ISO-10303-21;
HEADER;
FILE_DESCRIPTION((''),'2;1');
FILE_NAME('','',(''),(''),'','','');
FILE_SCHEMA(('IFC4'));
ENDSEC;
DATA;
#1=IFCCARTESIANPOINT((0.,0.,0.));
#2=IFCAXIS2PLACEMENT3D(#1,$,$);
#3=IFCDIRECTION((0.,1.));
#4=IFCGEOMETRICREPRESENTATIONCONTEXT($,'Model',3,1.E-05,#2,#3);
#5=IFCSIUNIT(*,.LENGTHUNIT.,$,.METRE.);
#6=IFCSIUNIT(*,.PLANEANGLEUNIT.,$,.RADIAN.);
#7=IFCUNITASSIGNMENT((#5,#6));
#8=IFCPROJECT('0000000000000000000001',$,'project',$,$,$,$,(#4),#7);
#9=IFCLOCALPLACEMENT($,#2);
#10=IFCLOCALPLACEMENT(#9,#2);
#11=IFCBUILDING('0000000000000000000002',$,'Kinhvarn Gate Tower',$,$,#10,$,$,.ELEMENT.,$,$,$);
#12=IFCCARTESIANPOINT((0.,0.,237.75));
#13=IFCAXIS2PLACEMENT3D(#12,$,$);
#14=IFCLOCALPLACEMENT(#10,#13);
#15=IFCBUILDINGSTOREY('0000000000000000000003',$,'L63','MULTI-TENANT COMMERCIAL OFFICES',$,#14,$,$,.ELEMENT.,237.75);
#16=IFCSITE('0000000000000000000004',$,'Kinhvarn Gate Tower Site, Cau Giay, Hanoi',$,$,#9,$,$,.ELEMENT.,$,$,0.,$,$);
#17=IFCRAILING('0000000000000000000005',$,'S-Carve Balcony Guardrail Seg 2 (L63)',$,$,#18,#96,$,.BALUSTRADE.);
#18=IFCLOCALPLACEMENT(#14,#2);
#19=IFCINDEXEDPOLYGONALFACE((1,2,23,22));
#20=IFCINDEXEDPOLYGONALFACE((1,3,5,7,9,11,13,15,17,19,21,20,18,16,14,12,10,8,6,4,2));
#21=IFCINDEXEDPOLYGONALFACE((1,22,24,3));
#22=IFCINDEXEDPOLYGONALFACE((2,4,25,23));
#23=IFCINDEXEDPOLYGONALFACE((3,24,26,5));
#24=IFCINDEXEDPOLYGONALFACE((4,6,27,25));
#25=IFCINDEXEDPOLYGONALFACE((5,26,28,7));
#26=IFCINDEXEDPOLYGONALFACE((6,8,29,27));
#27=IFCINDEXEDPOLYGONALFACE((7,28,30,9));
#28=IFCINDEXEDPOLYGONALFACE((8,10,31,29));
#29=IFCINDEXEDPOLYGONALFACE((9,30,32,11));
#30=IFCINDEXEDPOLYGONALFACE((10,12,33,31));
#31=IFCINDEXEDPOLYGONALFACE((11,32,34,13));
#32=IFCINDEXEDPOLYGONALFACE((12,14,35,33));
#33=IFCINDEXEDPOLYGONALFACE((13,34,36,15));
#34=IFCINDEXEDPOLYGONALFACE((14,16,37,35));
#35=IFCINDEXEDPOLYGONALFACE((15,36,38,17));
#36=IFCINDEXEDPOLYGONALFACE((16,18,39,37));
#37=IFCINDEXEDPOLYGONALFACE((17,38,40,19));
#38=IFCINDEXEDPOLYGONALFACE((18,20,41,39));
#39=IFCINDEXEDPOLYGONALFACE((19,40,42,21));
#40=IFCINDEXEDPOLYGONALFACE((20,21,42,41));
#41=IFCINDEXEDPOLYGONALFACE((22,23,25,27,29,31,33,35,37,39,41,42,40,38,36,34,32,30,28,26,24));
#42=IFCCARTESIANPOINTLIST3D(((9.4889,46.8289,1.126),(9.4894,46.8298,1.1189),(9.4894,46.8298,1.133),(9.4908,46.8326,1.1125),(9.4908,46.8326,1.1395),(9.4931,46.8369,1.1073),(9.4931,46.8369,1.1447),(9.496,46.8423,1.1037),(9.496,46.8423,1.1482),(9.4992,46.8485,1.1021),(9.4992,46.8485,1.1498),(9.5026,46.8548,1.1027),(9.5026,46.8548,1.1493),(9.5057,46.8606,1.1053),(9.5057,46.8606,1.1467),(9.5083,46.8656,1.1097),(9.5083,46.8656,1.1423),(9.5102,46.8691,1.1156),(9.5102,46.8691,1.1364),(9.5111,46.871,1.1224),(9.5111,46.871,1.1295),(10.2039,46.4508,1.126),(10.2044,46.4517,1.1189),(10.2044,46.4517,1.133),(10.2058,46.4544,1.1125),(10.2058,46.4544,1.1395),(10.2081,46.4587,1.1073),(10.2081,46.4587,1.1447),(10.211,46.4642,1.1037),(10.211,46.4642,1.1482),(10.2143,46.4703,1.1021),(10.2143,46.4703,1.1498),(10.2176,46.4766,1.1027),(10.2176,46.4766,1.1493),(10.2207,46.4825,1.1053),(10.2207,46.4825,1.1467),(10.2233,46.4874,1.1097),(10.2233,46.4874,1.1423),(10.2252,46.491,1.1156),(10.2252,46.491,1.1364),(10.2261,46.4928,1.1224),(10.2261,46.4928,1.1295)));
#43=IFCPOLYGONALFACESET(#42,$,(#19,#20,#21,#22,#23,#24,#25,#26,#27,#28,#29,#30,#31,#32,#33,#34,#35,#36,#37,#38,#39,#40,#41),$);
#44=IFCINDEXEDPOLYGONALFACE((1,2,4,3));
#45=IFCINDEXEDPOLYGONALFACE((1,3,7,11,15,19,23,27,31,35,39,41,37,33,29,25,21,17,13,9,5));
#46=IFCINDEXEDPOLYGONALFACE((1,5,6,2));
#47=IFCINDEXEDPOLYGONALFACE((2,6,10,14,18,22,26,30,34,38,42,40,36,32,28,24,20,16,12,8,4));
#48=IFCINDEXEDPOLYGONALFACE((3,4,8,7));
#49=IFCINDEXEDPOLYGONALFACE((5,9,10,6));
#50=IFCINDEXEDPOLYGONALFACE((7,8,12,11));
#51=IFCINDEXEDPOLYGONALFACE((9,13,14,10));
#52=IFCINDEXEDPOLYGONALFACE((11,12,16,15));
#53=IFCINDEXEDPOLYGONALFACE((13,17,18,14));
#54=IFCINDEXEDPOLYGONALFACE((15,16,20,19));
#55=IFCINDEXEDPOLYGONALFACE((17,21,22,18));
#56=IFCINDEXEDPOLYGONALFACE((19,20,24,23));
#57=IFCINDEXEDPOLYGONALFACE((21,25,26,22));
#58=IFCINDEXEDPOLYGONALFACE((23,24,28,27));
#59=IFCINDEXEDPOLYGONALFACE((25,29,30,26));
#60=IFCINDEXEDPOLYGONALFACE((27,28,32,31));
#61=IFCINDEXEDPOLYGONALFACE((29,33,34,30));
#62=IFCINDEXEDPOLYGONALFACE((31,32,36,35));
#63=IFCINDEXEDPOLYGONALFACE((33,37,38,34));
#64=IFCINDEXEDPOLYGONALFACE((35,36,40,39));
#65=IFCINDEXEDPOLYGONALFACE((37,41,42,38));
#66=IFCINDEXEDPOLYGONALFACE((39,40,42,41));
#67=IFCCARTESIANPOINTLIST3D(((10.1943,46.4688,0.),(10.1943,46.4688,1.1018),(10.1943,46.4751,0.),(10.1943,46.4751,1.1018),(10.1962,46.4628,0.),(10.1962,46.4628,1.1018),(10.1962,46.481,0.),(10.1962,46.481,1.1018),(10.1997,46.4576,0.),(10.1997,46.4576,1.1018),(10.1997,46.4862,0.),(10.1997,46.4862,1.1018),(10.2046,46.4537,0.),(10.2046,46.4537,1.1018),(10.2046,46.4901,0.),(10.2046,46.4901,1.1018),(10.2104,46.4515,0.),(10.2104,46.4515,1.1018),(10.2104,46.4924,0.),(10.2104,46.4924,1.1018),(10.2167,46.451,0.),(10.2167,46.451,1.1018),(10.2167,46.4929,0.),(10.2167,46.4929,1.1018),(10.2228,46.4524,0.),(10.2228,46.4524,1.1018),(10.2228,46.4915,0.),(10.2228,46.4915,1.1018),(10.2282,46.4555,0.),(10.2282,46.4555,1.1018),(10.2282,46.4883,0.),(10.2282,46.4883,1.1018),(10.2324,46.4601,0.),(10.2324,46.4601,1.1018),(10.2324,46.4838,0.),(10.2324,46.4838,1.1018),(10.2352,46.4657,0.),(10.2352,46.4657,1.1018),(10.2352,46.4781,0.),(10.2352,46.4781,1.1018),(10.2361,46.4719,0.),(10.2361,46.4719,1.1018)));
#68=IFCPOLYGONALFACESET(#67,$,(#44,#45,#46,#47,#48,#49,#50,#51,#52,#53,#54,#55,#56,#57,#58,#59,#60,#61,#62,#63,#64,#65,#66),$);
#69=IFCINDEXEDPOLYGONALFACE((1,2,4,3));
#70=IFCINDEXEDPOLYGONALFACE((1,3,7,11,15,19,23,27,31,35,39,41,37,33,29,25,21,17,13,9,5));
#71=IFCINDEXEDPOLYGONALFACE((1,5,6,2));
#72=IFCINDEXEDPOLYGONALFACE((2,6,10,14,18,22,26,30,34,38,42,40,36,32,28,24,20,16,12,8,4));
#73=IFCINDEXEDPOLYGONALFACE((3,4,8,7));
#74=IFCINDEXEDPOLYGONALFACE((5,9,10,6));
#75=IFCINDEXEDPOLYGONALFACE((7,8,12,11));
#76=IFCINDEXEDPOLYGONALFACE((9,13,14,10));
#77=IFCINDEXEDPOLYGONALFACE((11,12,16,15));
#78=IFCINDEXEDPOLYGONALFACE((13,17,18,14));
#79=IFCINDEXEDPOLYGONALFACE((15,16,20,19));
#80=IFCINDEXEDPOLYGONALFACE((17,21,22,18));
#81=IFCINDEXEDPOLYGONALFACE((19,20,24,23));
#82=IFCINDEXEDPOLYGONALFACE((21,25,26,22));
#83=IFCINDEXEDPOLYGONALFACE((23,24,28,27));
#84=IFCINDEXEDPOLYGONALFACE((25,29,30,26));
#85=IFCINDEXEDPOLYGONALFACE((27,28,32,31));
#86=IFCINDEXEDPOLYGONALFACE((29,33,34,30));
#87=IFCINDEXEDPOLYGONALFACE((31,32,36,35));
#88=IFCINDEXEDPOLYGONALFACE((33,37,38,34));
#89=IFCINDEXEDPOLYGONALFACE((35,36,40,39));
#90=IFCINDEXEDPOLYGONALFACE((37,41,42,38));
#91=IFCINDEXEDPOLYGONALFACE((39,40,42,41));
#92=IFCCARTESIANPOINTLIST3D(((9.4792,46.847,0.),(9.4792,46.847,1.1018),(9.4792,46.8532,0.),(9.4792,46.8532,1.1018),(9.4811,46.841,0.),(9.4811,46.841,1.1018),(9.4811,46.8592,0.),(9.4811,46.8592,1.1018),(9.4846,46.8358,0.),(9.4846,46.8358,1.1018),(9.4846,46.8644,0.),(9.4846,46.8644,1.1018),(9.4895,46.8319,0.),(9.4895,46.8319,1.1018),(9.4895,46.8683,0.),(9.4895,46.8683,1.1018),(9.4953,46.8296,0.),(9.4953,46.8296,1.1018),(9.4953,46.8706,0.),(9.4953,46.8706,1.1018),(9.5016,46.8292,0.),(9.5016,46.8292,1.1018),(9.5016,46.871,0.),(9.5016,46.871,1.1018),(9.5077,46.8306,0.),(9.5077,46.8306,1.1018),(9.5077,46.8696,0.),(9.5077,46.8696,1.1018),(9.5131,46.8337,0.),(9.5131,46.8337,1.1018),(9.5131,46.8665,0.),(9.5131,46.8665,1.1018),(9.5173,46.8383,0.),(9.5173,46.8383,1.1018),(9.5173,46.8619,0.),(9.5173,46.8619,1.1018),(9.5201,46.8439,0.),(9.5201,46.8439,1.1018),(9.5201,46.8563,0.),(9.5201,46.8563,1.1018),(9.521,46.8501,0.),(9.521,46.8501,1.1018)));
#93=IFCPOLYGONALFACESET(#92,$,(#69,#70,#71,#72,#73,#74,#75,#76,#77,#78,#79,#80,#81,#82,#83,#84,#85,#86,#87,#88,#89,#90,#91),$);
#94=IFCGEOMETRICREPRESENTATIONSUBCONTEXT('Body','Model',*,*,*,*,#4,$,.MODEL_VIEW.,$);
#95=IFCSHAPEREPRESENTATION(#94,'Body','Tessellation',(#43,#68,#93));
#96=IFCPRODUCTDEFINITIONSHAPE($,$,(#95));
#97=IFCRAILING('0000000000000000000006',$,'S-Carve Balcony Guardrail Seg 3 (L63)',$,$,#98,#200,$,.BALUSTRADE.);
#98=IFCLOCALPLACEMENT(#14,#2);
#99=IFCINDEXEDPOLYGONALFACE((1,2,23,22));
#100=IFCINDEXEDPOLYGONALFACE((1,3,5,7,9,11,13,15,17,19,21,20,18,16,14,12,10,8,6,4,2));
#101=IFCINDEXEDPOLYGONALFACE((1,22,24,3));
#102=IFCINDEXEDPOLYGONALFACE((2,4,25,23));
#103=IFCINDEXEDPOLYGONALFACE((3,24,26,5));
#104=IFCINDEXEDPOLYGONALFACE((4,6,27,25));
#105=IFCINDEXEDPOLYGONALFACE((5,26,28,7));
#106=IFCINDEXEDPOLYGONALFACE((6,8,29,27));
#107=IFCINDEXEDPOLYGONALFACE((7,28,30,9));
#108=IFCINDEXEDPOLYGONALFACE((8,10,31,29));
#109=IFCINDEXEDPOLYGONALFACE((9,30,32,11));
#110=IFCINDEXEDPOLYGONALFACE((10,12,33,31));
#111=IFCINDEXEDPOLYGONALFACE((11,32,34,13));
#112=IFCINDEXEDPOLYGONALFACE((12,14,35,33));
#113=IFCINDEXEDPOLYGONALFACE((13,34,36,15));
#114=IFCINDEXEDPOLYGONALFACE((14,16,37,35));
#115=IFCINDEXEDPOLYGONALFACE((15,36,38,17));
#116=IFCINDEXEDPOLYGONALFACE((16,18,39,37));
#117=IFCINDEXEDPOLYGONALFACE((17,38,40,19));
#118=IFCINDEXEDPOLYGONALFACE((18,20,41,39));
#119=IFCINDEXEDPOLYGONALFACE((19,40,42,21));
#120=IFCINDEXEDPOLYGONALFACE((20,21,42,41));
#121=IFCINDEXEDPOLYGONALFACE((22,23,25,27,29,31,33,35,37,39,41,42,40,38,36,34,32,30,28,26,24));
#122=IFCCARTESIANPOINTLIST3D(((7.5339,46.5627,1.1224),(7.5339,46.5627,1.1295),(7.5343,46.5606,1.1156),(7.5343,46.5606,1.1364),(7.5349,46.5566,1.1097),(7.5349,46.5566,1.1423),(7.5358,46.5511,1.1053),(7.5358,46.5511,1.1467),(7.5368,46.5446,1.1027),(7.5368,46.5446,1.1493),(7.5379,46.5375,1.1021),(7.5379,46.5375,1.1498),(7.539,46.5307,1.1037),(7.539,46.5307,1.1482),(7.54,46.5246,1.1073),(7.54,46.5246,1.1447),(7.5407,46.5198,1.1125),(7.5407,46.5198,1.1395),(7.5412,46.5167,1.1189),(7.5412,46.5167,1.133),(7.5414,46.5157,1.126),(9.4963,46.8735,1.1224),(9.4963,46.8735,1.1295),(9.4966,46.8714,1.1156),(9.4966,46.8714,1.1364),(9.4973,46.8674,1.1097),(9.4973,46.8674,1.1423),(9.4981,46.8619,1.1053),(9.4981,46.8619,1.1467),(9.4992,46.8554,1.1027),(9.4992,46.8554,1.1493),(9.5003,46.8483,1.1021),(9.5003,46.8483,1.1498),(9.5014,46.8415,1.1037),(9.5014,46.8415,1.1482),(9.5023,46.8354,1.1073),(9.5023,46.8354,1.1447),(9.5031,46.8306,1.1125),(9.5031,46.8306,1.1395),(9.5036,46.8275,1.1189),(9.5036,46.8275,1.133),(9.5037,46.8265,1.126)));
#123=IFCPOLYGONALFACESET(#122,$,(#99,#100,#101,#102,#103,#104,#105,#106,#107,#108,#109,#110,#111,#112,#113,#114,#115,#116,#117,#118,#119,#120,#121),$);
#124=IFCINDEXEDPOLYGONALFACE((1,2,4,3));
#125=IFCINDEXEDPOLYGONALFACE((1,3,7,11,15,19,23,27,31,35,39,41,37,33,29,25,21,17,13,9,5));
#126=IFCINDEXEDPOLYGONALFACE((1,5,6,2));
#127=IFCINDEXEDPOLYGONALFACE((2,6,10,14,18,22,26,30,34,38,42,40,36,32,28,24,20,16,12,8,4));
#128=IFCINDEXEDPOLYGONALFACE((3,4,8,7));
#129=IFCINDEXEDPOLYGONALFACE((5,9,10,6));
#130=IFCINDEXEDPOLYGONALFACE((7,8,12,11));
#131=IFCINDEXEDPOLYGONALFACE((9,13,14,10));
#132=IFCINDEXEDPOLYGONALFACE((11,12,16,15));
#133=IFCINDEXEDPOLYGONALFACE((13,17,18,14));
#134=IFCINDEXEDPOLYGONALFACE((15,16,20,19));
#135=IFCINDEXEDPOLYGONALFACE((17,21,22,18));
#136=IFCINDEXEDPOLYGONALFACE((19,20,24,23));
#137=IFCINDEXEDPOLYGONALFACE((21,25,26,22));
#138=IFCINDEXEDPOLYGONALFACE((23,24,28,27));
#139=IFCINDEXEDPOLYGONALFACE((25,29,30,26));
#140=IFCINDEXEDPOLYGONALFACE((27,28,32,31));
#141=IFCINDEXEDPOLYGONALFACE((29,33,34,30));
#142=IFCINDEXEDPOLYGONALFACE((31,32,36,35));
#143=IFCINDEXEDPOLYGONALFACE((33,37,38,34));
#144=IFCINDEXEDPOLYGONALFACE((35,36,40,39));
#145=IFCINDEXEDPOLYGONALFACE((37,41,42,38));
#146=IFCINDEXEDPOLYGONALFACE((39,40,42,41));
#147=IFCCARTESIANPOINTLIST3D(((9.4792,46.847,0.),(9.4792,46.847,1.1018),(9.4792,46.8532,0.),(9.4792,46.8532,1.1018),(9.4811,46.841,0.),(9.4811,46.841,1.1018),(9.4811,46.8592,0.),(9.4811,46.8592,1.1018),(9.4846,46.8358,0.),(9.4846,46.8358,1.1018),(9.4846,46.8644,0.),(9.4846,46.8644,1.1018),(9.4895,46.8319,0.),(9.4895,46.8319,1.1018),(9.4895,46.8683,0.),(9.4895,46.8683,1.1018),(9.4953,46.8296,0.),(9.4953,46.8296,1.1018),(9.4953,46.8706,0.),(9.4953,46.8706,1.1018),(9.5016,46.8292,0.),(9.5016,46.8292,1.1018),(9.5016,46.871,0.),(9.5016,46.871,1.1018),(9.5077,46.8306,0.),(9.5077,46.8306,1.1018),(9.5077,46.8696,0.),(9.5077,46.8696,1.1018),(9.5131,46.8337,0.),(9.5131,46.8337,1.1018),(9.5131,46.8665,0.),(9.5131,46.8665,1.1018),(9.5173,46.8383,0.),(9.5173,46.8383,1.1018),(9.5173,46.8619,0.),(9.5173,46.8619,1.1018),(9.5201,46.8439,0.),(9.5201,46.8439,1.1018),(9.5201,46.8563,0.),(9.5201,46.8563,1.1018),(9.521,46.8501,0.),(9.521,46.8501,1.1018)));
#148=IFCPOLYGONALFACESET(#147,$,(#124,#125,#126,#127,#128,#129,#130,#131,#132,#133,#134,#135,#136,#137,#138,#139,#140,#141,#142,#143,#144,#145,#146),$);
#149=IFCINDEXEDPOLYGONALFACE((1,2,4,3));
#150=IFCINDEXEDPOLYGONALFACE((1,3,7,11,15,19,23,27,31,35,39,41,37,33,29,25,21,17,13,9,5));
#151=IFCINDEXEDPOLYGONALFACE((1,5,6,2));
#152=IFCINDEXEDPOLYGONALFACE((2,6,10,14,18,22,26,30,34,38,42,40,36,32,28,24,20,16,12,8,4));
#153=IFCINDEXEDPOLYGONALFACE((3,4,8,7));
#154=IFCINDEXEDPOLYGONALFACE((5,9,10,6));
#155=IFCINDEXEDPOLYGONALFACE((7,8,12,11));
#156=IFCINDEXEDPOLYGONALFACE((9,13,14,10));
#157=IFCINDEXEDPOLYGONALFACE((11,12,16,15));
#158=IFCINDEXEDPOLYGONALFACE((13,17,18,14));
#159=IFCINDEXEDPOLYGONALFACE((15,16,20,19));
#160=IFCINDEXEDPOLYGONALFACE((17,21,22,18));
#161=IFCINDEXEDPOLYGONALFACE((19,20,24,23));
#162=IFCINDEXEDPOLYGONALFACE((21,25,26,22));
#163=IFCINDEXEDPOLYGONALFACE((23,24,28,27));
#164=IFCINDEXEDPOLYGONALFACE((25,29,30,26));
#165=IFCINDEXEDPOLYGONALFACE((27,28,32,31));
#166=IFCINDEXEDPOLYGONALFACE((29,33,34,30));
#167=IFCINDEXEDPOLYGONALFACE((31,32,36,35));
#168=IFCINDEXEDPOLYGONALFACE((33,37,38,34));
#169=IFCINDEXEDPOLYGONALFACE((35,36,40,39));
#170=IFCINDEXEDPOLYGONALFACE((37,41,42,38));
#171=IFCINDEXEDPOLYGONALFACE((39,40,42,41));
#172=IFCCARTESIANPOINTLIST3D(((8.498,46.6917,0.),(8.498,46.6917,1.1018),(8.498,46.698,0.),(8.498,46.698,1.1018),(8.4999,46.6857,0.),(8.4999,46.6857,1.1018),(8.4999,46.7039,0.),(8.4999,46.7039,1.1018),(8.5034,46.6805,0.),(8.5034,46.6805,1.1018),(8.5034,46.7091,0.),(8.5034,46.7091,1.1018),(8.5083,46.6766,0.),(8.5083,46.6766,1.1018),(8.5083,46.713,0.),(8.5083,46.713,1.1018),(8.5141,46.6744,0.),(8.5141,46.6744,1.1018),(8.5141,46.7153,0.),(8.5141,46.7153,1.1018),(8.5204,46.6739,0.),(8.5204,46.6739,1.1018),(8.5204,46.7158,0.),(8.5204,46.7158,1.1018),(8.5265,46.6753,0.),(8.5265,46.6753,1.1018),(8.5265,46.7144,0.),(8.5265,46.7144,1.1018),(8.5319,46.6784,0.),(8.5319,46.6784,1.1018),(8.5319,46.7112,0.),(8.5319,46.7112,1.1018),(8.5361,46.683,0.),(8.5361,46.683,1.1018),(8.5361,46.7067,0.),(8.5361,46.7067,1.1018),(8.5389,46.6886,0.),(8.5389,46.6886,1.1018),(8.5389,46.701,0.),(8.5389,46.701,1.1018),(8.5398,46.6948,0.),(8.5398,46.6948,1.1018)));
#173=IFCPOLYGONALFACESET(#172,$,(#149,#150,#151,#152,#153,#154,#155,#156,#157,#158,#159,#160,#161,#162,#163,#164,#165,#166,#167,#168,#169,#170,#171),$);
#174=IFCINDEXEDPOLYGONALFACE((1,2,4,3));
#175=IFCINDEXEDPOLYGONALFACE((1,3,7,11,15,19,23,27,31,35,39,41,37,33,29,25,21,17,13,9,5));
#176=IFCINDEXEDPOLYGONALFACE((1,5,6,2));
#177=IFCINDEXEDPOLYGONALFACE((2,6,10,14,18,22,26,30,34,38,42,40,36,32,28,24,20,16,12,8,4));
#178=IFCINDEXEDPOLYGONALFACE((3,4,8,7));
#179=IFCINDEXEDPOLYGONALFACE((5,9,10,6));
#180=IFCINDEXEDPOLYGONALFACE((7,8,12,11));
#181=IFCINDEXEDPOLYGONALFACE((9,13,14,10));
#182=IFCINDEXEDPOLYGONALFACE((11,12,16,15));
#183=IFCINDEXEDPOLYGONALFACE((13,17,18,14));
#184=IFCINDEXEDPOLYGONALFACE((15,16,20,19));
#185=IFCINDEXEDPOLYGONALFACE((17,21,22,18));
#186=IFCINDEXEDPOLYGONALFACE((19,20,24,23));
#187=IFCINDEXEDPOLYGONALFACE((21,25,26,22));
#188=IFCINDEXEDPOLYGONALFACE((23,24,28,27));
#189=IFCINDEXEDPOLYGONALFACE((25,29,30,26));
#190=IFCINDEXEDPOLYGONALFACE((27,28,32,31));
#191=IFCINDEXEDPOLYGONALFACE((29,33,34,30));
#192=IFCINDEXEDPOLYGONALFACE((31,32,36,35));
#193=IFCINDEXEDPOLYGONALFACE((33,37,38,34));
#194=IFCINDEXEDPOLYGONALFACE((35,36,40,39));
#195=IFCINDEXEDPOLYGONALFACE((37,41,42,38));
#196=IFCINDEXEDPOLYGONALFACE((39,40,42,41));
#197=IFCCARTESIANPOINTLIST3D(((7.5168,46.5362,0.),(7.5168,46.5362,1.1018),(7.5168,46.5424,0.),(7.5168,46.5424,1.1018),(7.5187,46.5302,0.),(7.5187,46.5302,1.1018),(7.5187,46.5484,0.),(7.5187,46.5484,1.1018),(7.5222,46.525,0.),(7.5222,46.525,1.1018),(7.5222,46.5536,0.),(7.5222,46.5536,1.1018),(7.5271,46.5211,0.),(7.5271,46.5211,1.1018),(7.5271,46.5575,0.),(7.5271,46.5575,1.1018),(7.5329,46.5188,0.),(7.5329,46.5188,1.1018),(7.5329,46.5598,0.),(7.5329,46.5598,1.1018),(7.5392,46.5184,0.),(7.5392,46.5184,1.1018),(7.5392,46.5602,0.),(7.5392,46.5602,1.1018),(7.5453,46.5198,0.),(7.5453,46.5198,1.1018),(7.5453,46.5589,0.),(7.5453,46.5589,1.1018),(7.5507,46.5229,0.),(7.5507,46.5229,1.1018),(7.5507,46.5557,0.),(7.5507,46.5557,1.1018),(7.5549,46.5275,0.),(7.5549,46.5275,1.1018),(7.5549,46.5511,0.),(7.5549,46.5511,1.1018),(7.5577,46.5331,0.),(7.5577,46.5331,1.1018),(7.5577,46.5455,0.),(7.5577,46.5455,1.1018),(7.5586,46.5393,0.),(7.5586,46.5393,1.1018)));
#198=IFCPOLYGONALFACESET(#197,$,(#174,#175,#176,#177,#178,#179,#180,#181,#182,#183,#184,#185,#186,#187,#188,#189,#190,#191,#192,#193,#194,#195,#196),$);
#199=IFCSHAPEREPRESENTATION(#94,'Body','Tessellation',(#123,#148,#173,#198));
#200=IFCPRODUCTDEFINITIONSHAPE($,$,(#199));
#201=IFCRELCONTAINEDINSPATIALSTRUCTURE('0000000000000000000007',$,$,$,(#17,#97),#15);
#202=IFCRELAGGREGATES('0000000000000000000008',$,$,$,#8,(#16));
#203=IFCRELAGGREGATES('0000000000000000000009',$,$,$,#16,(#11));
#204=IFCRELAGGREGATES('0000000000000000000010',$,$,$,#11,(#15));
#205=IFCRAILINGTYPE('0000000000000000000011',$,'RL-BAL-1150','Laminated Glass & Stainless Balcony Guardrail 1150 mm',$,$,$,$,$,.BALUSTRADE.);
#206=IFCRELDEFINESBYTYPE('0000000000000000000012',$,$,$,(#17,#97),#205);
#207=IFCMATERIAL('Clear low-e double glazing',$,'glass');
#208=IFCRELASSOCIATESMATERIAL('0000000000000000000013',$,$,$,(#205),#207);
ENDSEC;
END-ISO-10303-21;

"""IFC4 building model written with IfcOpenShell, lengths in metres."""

from ifc_helpers import new_model, si_unit, direction, frame, origin, origin_2d, place, context, subcontext, project, spatial, circle, extrude, material, type_object, element, save


model = new_model("IFC4")

# Units and contexts
model_context = context("Model", 3, precision=1e-05, world=origin(), true_north=direction((0.0, 1.0)))
body_context = subcontext(model_context, "Body", "Model", "MODEL_VIEW")
ifc_project = project(units=[si_unit("LENGTHUNIT", "METRE"), si_unit("PLANEANGLEUNIT", "RADIAN")], contexts=[model_context])

# Site, building, storey
site_placement = place(None, origin())
site = spatial("IfcSite", under=ifc_project, at=site_placement, Name="Kinhvarn Gate Tower Site, Cau Giay, Hanoi", CompositionType="ELEMENT", RefElevation=0.0)
building_placement = place(site_placement, origin())
building = spatial("IfcBuilding", under=site, at=building_placement, Name="Kinhvarn Gate Tower", CompositionType="ELEMENT")
storey_placement = place(building_placement, frame((0.0, 0.0, 237.75)))
storey = spatial("IfcBuildingStorey", under=building, at=storey_placement, Name="L63", Description="MULTI-TENANT COMMERCIAL OFFICES", CompositionType="ELEMENT", Elevation=237.75)

# Shared definitions
ifc_material_1 = material(Name="Clear low-e double glazing", Category="glass")

# Railings
railing_type = type_object("IfcRailingType", Name="RL-BAL-1150", Description="Laminated Glass & Stainless Balcony Guardrail 1150 mm", PredefinedType="BALUSTRADE", material=ifc_material_1)
railing_1_placement = place(storey_placement, frame((10.2151, 46.4719, 0.0)))
element("IfcRailing", 1, at=railing_1_placement, inside=storey, type_object=railing_type, Name="S-Carve Balcony Guardrail Seg 2 (L63)", PredefinedType="BALUSTRADE", context=body_context, shape_type="SweptSolid", body=[
    extrude(circle(Radius=0.0239, at=origin_2d()), frame((0.0, 0.0, 1.126), z_axis=(-0.883993, 0.467499, 0.0), x_axis=(-0.467499, -0.883993, 0.0)), (0.0, 0.0, 1.0), 0.8088),
    extrude(circle(Radius=0.021, at=origin_2d()), origin(), (0.0, 0.0, 1.0), 1.1018),
    extrude(circle(Radius=0.021, at=origin_2d()), frame((-0.7151, 0.3782, 0.0)), (0.0, 0.0, 1.0), 1.1018),
])
railing_2_placement = place(storey_placement, frame((9.5, 46.8501, 0.0)))
element("IfcRailing", 2, at=railing_2_placement, inside=storey, type_object=railing_type, Name="S-Carve Balcony Guardrail Seg 3 (L63)", PredefinedType="BALUSTRADE", context=body_context, shape_type="SweptSolid", body=[
    extrude(circle(Radius=0.0239, at=origin_2d()), frame((0.0, 0.0, 1.126), z_axis=(-0.98769, -0.156423, 0.0), x_axis=(0.156423, -0.98769, 0.0)), (0.0, 0.0, 1.0), 1.9868),
    extrude(circle(Radius=0.021, at=origin_2d()), origin(), (0.0, 0.0, 1.0), 1.1018),
    extrude(circle(Radius=0.021, at=origin_2d()), frame((-0.9812, -0.1553, 0.0)), (0.0, 0.0, 1.0), 1.1018),
    extrude(circle(Radius=0.021, at=origin_2d()), frame((-1.9624, -0.3108, 0.0)), (0.0, 0.0, 1.0), 1.1018),
])

save(model, "model.ifc")
